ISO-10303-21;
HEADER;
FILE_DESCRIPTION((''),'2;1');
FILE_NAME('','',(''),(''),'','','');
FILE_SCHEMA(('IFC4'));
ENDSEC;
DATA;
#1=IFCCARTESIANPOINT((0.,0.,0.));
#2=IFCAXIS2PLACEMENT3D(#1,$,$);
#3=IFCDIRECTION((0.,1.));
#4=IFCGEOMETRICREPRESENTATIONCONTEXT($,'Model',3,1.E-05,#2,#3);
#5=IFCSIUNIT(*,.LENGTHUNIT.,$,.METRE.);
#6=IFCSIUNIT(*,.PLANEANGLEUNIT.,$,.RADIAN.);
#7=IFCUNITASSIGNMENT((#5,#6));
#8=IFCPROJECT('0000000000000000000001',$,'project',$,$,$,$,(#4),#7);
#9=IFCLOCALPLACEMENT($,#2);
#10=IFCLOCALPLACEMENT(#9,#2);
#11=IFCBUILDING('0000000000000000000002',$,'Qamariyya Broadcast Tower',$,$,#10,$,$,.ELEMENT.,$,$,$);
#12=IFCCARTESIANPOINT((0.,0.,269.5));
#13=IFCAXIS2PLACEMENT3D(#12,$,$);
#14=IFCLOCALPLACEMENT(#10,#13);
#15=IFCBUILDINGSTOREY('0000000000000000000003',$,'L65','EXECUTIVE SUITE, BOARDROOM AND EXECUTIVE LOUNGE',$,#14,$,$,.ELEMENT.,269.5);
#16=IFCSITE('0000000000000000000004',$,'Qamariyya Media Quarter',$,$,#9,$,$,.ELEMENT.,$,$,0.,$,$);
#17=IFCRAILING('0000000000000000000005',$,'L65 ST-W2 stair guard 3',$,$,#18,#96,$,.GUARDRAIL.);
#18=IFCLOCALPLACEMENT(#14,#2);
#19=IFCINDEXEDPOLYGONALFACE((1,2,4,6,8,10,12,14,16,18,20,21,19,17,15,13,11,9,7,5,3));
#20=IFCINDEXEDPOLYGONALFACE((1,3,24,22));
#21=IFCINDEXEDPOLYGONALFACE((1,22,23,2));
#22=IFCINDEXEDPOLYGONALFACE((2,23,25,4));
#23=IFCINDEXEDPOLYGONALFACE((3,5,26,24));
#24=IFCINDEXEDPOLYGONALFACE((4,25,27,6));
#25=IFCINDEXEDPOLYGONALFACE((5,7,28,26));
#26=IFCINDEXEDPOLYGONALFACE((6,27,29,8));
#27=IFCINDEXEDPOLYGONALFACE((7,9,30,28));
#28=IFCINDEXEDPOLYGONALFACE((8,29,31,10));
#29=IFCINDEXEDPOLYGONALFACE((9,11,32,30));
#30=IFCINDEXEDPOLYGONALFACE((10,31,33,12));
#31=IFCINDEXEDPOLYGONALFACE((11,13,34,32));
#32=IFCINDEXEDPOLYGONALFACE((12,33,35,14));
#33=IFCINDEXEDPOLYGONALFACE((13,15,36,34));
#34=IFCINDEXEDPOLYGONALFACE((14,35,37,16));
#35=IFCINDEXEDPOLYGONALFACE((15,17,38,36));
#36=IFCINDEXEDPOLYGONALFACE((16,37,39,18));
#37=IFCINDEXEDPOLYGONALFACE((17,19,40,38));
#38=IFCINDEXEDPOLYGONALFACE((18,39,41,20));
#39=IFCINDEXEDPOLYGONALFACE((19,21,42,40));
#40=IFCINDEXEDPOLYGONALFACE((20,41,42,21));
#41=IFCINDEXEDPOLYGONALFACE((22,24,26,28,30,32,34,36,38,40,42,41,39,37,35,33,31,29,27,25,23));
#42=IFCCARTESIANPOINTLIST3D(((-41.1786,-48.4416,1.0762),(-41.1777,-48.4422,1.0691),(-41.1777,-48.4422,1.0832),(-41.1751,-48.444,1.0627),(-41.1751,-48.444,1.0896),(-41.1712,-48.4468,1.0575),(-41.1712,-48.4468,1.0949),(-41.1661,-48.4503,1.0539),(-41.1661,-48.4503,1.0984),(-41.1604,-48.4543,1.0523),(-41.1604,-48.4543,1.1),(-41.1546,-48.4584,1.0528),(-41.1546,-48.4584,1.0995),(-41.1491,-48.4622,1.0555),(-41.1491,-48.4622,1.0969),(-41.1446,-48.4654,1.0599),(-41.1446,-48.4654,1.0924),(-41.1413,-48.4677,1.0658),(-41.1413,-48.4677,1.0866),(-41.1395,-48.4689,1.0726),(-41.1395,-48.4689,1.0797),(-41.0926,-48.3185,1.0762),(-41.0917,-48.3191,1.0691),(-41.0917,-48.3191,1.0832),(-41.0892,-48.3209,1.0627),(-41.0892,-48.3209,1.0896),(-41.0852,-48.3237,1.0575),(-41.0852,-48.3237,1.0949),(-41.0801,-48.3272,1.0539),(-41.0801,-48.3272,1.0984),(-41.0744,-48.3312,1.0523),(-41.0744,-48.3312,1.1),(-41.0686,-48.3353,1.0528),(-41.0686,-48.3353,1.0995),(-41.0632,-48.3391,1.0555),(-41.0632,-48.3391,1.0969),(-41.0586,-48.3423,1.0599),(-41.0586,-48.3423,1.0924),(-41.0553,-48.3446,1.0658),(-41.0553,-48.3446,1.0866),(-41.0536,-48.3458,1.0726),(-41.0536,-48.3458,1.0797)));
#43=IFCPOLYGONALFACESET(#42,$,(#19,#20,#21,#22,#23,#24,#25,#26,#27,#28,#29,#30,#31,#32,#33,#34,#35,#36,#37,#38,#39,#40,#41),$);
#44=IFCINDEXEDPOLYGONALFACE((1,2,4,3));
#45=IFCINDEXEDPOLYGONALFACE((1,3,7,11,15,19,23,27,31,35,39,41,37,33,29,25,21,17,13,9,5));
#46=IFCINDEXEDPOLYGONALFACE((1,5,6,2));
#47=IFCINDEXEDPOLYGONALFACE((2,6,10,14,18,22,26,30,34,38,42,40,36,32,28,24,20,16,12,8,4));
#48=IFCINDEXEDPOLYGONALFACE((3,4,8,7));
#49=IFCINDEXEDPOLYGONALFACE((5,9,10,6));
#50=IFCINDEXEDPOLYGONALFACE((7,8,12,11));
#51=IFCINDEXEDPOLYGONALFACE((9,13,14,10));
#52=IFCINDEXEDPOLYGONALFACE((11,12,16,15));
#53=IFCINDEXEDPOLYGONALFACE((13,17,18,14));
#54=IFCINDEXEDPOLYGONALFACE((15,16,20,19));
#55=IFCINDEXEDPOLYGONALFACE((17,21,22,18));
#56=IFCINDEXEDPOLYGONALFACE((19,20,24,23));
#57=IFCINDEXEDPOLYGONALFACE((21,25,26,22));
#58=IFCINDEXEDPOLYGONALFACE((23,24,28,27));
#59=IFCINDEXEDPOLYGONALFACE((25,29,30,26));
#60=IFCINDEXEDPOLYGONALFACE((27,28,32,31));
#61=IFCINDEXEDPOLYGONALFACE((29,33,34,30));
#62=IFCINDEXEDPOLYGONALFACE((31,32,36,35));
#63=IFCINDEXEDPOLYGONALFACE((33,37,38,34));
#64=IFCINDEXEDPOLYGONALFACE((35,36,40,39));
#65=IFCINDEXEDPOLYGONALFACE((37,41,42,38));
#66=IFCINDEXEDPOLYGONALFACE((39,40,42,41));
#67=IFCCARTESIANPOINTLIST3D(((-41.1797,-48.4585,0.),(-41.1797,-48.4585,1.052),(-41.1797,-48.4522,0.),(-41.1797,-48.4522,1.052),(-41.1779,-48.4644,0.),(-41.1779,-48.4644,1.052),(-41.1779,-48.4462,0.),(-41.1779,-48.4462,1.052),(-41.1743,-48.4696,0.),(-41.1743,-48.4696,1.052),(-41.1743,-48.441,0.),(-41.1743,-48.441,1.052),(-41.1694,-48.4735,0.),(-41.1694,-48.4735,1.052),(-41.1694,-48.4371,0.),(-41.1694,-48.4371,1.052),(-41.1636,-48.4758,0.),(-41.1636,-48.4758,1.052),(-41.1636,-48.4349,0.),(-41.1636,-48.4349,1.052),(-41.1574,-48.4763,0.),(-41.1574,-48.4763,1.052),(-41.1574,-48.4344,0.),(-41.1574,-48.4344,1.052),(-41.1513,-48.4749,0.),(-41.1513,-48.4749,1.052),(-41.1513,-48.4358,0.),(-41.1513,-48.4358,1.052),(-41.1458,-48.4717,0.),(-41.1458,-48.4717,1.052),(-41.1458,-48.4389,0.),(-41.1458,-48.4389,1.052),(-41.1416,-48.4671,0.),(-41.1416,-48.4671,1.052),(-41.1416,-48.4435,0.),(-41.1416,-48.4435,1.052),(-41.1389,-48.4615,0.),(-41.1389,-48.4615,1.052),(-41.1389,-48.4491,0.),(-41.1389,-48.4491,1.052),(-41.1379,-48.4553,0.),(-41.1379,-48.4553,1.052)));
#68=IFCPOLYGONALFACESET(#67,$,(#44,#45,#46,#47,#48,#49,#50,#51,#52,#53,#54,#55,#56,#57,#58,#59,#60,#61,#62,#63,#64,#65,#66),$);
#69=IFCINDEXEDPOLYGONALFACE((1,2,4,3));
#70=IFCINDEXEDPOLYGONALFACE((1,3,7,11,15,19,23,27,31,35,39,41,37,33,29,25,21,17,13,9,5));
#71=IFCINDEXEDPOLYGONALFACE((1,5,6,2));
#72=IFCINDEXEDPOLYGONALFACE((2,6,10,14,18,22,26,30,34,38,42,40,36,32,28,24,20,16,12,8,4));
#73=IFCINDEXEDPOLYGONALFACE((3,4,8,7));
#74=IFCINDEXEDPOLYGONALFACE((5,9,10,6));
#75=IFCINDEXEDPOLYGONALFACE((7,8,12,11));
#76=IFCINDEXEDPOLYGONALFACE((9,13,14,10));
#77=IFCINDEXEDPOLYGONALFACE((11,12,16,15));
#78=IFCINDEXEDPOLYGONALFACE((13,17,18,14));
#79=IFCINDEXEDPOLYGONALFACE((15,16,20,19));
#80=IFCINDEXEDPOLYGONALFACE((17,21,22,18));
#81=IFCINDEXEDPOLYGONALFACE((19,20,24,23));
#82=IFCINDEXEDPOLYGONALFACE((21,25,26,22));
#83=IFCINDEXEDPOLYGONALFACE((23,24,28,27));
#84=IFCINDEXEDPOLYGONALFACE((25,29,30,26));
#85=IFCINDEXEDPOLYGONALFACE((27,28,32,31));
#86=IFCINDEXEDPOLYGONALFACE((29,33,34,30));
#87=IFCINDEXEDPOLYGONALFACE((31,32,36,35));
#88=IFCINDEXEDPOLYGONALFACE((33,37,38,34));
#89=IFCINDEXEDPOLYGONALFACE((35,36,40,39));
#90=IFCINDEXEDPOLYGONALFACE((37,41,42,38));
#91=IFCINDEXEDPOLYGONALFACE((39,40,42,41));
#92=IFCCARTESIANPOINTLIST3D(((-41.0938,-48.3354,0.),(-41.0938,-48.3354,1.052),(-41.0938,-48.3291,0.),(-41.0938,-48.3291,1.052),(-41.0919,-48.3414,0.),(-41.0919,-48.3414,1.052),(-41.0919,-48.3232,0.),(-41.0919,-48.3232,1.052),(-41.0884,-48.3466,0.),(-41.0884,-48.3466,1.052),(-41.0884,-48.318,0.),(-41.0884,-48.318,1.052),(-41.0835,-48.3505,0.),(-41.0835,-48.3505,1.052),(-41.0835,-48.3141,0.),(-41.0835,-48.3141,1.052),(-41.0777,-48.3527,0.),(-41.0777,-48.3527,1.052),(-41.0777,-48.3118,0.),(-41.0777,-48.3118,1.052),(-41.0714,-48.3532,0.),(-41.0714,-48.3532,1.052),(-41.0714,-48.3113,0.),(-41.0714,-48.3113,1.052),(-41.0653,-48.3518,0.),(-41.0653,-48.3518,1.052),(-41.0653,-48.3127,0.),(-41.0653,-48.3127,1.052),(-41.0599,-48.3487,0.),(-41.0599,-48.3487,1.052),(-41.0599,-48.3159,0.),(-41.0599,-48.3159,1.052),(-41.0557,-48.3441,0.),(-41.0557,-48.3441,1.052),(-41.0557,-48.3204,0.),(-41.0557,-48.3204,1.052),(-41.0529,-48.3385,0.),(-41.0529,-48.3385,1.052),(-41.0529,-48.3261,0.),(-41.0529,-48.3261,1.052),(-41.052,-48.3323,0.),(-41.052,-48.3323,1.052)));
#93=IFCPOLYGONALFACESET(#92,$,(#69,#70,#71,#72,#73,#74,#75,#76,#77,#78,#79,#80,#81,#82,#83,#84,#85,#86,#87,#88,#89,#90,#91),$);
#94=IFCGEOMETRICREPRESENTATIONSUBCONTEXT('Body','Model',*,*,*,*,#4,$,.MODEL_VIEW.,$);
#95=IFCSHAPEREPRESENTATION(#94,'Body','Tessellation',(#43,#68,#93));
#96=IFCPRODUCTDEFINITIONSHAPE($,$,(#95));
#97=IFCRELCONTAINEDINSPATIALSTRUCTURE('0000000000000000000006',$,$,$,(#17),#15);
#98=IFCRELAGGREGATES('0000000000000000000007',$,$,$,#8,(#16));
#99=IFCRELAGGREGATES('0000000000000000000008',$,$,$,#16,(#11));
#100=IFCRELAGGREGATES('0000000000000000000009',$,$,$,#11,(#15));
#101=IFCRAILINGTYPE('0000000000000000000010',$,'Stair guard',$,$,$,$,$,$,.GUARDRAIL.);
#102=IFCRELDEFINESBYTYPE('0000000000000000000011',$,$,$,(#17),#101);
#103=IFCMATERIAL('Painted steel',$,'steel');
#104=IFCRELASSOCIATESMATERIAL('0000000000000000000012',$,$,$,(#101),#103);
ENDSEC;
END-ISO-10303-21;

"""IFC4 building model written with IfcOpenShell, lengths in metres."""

from ifc_helpers import new_model, si_unit, direction, frame, origin, origin_2d, place, context, subcontext, project, spatial, circle, extrude, material, type_object, element, save


model = new_model("IFC4")

# Units and contexts
model_context = context("Model", 3, precision=1e-05, world=origin(), true_north=direction((0.0, 1.0)))
body_context = subcontext(model_context, "Body", "Model", "MODEL_VIEW")
ifc_project = project(units=[si_unit("LENGTHUNIT", "METRE"), si_unit("PLANEANGLEUNIT", "RADIAN")], contexts=[model_context])

# Site, building, storey
site_placement = place(None, origin())
site = spatial("IfcSite", under=ifc_project, at=site_placement, Name="Qamariyya Media Quarter", CompositionType="ELEMENT", RefElevation=0.0)
building_placement = place(site_placement, origin())
building = spatial("IfcBuilding", under=site, at=building_placement, Name="Qamariyya Broadcast Tower", CompositionType="ELEMENT")
storey_placement = place(building_placement, frame((0.0, 0.0, 269.5)))
storey = spatial("IfcBuildingStorey", under=building, at=storey_placement, Name="L65", Description="EXECUTIVE SUITE, BOARDROOM AND EXECUTIVE LOUNGE", CompositionType="ELEMENT", Elevation=269.5)

# Railing
ifc_material_1 = material(Name="Painted steel", Category="steel")
railing_type_1 = type_object("IfcRailingType", Name="Stair guard", PredefinedType="GUARDRAIL", material=ifc_material_1)
railing_1_placement = place(storey_placement, frame((-41.1589, -48.4553, 0.0)))
element("IfcRailing", 1, at=railing_1_placement, inside=storey, type_object=railing_type_1, Name="L65 ST-W2 stair guard 3", PredefinedType="GUARDRAIL", context=body_context, shape_type="SweptSolid", body=[
    extrude(circle(Radius=0.0239, at=origin_2d()), frame((0.0, 0.0, 1.0762), z_axis=(0.572589, 0.819843, 0.0), x_axis=(-0.819843, 0.572589, 0.0)), (0.0, 0.0, 1.0), 0.1501),
    extrude(circle(Radius=0.021, at=origin_2d()), origin(), (0.0, 0.0, 1.0), 1.052),
    extrude(circle(Radius=0.021, at=origin_2d()), frame((0.0859, 0.123, 0.0)), (0.0, 0.0, 1.0), 1.052),
])

save(model, "model.ifc")
